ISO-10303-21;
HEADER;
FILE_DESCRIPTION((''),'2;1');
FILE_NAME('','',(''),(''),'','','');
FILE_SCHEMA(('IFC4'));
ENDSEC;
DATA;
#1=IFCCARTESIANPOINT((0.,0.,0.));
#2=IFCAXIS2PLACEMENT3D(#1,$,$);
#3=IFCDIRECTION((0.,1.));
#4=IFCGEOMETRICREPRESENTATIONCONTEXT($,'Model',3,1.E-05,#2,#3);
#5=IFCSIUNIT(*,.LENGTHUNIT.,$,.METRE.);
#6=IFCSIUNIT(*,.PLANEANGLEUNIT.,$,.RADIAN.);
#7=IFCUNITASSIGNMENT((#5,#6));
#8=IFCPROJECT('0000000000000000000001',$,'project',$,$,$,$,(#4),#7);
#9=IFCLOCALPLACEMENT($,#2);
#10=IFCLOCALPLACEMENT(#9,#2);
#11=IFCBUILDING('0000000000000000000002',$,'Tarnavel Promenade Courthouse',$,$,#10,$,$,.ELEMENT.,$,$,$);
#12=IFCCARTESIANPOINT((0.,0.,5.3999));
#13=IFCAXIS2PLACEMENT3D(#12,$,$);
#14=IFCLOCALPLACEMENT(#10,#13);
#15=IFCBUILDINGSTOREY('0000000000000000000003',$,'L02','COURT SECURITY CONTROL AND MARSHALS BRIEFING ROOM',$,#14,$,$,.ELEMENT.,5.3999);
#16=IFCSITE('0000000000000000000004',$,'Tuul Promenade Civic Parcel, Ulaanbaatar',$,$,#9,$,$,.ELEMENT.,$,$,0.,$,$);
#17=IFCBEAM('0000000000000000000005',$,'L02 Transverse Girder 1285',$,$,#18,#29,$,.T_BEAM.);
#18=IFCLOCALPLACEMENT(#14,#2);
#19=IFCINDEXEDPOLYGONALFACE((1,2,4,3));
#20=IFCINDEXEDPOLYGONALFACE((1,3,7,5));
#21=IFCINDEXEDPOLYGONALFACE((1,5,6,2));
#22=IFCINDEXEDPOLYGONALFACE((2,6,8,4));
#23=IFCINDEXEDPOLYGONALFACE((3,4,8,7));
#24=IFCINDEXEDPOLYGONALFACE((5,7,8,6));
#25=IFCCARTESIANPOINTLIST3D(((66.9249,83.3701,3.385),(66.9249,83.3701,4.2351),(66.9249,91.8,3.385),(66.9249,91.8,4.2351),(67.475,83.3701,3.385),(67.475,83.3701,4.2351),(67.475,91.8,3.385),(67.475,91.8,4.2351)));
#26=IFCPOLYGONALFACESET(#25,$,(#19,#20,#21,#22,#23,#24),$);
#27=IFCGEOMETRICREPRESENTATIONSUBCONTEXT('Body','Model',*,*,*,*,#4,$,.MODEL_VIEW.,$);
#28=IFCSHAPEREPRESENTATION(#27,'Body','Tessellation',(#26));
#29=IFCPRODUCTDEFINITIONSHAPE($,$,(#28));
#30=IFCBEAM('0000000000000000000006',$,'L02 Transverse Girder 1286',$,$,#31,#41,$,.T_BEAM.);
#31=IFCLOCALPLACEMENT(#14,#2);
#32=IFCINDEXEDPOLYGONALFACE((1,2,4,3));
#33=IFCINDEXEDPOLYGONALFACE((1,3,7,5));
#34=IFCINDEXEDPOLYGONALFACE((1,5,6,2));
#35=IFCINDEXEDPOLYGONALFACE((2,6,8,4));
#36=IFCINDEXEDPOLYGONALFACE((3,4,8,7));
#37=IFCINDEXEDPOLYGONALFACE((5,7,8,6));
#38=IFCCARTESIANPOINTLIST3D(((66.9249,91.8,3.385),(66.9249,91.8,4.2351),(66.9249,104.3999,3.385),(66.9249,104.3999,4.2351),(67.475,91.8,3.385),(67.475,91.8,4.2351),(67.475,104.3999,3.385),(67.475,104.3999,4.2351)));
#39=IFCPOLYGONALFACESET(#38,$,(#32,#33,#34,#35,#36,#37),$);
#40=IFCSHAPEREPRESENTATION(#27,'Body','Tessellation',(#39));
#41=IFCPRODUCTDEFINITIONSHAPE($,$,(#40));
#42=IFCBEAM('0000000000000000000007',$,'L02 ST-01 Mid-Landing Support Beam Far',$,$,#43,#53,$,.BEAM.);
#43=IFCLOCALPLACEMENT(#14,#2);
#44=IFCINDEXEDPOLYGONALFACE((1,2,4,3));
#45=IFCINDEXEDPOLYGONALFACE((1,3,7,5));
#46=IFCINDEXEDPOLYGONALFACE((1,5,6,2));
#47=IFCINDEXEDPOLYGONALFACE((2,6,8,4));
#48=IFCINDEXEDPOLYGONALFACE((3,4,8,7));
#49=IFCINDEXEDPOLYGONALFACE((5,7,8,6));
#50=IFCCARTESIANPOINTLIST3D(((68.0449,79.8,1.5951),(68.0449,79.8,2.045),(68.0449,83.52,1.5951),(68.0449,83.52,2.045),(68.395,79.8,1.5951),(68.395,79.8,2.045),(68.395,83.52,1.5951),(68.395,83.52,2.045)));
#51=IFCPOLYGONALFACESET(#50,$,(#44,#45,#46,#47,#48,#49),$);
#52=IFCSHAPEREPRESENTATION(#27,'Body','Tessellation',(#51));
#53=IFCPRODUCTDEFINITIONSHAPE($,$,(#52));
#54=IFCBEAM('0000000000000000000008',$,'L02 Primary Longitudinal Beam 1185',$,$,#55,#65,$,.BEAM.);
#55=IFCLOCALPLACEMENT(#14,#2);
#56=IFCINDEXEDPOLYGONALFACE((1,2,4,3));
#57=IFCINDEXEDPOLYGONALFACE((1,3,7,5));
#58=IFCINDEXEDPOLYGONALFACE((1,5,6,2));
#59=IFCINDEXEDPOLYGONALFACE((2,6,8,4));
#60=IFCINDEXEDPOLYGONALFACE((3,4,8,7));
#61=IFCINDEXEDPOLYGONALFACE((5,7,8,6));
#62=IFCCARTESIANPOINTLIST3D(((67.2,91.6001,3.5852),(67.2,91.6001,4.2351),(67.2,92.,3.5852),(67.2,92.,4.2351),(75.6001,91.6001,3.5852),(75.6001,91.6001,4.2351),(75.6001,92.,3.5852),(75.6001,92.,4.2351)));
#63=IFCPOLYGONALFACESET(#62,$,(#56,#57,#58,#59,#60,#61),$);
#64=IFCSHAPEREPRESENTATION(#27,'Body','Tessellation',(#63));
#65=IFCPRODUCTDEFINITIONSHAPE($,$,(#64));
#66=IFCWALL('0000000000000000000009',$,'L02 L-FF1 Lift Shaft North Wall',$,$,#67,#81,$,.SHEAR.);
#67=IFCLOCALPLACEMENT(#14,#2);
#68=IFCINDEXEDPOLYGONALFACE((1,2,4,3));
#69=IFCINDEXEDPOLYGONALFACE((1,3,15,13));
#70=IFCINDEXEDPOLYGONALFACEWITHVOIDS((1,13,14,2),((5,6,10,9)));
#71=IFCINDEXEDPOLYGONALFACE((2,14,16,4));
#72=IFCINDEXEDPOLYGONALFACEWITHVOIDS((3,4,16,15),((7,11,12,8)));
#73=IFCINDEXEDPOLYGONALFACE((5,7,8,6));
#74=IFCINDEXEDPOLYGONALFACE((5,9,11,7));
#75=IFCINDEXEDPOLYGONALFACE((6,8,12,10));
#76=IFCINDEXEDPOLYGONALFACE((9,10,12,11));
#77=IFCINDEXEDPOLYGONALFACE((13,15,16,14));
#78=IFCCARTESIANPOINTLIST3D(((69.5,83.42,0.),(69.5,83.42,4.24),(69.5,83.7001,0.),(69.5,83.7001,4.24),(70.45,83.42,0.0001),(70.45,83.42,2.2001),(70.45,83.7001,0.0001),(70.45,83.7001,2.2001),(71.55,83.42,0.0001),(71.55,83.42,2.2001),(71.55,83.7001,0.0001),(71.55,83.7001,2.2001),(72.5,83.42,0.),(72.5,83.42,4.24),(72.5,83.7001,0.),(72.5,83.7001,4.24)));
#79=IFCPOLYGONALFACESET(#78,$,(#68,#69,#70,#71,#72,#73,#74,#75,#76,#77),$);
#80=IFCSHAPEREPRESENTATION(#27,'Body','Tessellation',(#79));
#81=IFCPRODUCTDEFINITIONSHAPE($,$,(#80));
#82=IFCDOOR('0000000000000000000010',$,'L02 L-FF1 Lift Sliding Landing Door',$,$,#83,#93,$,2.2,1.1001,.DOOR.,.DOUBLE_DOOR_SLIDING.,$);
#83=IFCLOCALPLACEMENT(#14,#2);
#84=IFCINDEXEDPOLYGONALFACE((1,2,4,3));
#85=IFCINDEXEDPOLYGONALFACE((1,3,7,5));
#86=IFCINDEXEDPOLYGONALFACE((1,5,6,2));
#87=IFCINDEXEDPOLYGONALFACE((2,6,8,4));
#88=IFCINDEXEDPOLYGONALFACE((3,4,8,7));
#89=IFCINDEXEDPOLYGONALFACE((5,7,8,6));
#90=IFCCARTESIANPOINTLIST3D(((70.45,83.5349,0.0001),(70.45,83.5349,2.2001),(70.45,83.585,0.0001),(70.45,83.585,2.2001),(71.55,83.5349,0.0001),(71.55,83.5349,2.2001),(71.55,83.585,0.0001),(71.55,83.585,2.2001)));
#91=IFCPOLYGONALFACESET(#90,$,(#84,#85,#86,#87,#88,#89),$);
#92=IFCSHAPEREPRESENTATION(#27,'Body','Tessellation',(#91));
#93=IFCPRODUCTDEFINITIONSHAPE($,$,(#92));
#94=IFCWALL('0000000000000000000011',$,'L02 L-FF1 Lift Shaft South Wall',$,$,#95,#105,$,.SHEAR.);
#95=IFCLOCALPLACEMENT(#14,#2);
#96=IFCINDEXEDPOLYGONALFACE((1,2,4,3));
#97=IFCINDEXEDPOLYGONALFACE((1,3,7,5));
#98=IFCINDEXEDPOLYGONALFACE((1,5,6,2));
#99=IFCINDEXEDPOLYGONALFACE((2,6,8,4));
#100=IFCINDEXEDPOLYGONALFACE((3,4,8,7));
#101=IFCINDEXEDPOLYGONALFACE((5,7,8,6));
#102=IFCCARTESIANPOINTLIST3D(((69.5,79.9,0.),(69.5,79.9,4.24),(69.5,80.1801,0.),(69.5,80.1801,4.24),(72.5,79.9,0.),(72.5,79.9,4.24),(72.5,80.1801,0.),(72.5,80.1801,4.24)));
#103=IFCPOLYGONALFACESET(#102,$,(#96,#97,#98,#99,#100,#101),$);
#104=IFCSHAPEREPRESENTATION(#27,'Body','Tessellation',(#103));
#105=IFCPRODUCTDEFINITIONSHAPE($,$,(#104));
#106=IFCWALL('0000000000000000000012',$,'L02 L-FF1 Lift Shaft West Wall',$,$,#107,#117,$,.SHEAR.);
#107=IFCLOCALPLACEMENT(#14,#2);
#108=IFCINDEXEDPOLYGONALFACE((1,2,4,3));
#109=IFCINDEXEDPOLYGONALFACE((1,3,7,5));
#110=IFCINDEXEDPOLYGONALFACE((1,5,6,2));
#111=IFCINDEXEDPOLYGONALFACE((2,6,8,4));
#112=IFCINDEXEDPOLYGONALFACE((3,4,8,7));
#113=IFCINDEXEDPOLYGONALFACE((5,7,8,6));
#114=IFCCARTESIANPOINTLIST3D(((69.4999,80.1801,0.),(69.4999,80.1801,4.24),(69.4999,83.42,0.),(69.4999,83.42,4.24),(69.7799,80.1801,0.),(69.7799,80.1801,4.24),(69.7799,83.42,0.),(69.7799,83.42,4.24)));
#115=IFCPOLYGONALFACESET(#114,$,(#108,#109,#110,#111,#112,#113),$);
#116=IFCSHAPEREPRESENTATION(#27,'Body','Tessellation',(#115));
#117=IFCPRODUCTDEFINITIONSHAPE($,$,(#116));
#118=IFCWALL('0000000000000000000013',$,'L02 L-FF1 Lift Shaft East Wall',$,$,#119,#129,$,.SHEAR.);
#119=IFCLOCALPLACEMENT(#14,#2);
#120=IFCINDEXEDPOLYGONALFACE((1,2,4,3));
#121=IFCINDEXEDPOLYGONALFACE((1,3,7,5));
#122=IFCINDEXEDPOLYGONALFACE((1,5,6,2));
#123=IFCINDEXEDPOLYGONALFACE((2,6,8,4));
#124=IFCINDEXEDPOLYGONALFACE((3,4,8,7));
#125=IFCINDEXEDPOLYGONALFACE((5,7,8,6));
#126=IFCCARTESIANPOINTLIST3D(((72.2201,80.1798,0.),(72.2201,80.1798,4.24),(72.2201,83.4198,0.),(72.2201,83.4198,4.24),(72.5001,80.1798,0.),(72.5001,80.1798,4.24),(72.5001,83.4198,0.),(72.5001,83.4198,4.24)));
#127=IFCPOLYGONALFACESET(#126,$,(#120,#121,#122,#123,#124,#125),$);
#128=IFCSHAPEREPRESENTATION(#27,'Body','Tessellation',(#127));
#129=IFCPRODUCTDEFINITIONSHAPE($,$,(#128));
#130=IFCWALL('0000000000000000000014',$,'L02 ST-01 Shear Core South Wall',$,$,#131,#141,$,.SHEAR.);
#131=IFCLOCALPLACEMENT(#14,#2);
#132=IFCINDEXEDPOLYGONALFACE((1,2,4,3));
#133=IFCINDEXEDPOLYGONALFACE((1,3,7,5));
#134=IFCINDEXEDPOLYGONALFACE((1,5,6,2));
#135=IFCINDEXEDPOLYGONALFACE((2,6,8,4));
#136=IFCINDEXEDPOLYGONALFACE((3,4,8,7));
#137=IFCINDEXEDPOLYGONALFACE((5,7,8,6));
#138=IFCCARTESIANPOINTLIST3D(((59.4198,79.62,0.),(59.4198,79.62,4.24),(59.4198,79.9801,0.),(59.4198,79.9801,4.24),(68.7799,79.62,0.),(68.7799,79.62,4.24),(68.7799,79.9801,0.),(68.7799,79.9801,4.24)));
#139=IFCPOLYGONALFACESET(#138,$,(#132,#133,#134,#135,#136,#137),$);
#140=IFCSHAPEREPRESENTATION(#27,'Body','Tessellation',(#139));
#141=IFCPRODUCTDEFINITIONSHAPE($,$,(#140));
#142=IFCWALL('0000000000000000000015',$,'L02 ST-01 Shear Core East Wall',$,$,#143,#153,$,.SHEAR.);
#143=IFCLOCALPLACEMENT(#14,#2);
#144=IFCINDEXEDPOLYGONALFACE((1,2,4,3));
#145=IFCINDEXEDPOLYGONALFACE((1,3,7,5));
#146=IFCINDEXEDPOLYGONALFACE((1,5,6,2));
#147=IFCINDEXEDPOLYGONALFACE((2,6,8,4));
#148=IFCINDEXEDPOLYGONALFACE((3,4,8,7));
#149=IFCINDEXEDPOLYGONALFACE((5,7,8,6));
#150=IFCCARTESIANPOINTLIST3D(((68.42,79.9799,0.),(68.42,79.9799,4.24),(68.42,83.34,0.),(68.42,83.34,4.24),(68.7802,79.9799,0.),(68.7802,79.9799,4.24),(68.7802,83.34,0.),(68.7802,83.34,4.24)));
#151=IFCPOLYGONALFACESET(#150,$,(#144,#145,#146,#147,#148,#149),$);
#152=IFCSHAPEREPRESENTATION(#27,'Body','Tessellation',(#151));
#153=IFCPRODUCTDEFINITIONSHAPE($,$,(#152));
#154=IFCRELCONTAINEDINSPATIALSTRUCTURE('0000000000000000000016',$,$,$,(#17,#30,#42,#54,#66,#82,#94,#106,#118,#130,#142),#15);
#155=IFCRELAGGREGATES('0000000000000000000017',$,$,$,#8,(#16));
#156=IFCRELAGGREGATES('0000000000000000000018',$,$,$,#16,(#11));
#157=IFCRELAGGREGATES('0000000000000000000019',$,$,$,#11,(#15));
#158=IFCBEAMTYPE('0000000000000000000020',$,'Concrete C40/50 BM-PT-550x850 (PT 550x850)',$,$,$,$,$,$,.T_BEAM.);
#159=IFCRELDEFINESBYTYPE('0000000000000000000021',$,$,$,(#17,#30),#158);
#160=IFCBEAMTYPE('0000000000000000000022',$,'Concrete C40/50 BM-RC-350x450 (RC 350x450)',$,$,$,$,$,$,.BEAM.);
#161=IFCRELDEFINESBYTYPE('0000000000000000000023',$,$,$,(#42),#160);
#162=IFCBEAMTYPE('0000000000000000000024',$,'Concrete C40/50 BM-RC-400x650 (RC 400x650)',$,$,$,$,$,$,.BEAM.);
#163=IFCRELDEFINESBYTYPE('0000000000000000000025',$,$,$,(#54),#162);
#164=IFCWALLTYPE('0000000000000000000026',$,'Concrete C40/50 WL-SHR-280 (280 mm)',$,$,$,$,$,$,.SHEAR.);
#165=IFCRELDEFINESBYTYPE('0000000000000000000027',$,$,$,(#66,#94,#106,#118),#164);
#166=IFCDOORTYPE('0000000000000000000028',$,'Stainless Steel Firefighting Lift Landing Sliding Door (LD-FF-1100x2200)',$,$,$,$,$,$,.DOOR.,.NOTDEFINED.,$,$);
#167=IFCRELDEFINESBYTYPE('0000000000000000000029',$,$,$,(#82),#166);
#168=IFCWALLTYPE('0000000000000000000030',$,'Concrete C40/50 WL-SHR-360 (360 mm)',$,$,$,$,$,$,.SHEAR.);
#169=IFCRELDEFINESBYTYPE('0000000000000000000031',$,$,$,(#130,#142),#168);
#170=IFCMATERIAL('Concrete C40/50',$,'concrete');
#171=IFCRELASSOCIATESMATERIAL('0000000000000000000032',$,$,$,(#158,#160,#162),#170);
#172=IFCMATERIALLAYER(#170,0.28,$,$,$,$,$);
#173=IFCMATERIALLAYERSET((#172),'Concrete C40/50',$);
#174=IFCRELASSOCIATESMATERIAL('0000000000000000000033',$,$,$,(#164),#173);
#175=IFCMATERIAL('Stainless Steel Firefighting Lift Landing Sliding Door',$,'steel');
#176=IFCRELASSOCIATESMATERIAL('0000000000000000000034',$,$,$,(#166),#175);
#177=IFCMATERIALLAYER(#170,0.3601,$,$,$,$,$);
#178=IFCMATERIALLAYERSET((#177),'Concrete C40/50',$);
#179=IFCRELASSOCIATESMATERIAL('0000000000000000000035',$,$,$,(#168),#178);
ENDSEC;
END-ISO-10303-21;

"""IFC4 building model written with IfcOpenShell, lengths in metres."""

from ifc_helpers import new_model, si_unit, direction, frame, frame_2d, origin, origin_2d, place, context, subcontext, project, spatial, rectangle, extrude, material, layer, layer_set, material_profile, profile_set, type_object, element, fill, save


model = new_model("IFC4")

# Units and contexts
model_context = context("Model", 3, precision=1e-05, world=origin(), true_north=direction((0.0, 1.0)))
body_context = subcontext(model_context, "Body", "Model", "MODEL_VIEW")
ifc_project = project(units=[si_unit("LENGTHUNIT", "METRE"), si_unit("PLANEANGLEUNIT", "RADIAN")], contexts=[model_context])

# Site, building, storey
site_placement = place(None, origin())
site = spatial("IfcSite", under=ifc_project, at=site_placement, Name="Tuul Promenade Civic Parcel, Ulaanbaatar", CompositionType="ELEMENT", RefElevation=0.0)
building_placement = place(site_placement, origin())
building = spatial("IfcBuilding", under=site, at=building_placement, Name="Tarnavel Promenade Courthouse", CompositionType="ELEMENT")
storey_placement = place(building_placement, frame((0.0, 0.0, 5.3999)))
storey = spatial("IfcBuildingStorey", under=building, at=storey_placement, Name="L02", Description="COURT SECURITY CONTROL AND MARSHALS BRIEFING ROOM", CompositionType="ELEMENT", Elevation=5.3999)

# Beams
ifc_material_1 = material(Name="Concrete C40/50", Category="concrete")
ifc_material_profile_1 = material_profile(ifc_material_1, rectangle(XDim=0.55, YDim=0.8501, at=origin_2d()), Name="PT 550x850")
ifc_profile_set_1 = profile_set([ifc_material_profile_1], Name="Concrete C40/50")
beam_type_1 = type_object("IfcBeamType", Name="Concrete C40/50 BM-PT-550x850 (PT 550x850)", PredefinedType="T_BEAM", material=ifc_profile_set_1)
beam_1_placement = place(storey_placement, frame((67.2, 83.3701, 3.8101), z_axis=(0.0, 1.0, 0.0), x_axis=(-1.0, 0.0, 0.0)))
element("IfcBeam", 1, at=beam_1_placement, inside=storey, type_object=beam_type_1, Name="L02 Transverse Girder 1285", PredefinedType="T_BEAM", context=body_context, shape_type="SweptSolid", body=[
    extrude(rectangle(XDim=0.55, YDim=0.8501, at=origin_2d()), origin(), (0.0, 0.0, 1.0), 8.4299),
])
beam_2_placement = place(storey_placement, frame((67.2, 91.8, 3.8101), z_axis=(0.0, 1.0, 0.0), x_axis=(-1.0, 0.0, 0.0)))
element("IfcBeam", 2, at=beam_2_placement, inside=storey, type_object=beam_type_1, Name="L02 Transverse Girder 1286", PredefinedType="T_BEAM", context=body_context, shape_type="SweptSolid", body=[
    extrude(rectangle(XDim=0.55, YDim=0.8501, at=origin_2d()), origin(), (0.0, 0.0, 1.0), 12.5999),
])
ifc_material_profile_2 = material_profile(ifc_material_1, rectangle(XDim=0.3501, YDim=0.45, at=origin_2d()), Name="RC 350x450")
ifc_profile_set_2 = profile_set([ifc_material_profile_2], Name="Concrete C40/50")
beam_type_2 = type_object("IfcBeamType", Name="Concrete C40/50 BM-RC-350x450 (RC 350x450)", PredefinedType="BEAM", material=ifc_profile_set_2)
beam_3_placement = place(storey_placement, frame((68.22, 79.8, 1.8201), z_axis=(0.0, 1.0, 0.0), x_axis=(-1.0, 0.0, 0.0)))
element("IfcBeam", 3, at=beam_3_placement, inside=storey, type_object=beam_type_2, Name="L02 ST-01 Mid-Landing Support Beam Far", PredefinedType="BEAM", context=body_context, shape_type="SweptSolid", body=[
    extrude(rectangle(XDim=0.3501, YDim=0.45, at=origin_2d()), origin(), (0.0, 0.0, 1.0), 3.72),
])
ifc_material_profile_3 = material_profile(ifc_material_1, rectangle(XDim=0.3999, YDim=0.6499, at=origin_2d()), Name="RC 400x650")
ifc_profile_set_3 = profile_set([ifc_material_profile_3], Name="Concrete C40/50")
beam_type_3 = type_object("IfcBeamType", Name="Concrete C40/50 BM-RC-400x650 (RC 400x650)", PredefinedType="BEAM", material=ifc_profile_set_3)
beam_4_placement = place(storey_placement, frame((67.2, 91.8, 3.9102), z_axis=(1.0, 0.0, 0.0), x_axis=(0.0, 1.0, 0.0)))
element("IfcBeam", 4, at=beam_4_placement, inside=storey, type_object=beam_type_3, Name="L02 Primary Longitudinal Beam 1185", PredefinedType="BEAM", context=body_context, shape_type="SweptSolid", body=[
    extrude(rectangle(XDim=0.3999, YDim=0.6499, at=origin_2d()), origin(), (0.0, 0.0, 1.0), 8.4001),
])

# Wall, opening, door
ifc_layer_1 = layer(ifc_material_1, 0.28)
ifc_layer_set_1 = layer_set([ifc_layer_1], Name="Concrete C40/50")
wall_type_1 = type_object("IfcWallType", Name="Concrete C40/50 WL-SHR-280 (280 mm)", PredefinedType="SHEAR", material=ifc_layer_set_1)
wall_1_placement = place(storey_placement, frame((69.5, 83.5601, 0.0), z_axis=(0.0, 0.0, 1.0), x_axis=(1.0, 0.0, 0.0)))
wall_1 = element("IfcWall", 5, at=wall_1_placement, inside=storey, type_object=wall_type_1, Name="L02 L-FF1 Lift Shaft North Wall", PredefinedType="SHEAR", context=body_context, shape_type="SweptSolid", body=[
    extrude(rectangle(XDim=3.0, YDim=0.28, at=frame_2d((1.5, 0.0))), origin(), (0.0, 0.0, 1.0), 4.24),
])
opening_1_placement = place(wall_1_placement, frame((0.95, 0.0, 0.0)))
opening_1 = element("IfcOpeningElement", 6, at=opening_1_placement, cuts=wall_1, PredefinedType="OPENING", context=body_context, shape_type="SweptSolid", body=[
    extrude(rectangle(XDim=1.1001, YDim=2.2, at=frame_2d((0.55, 1.1001))), frame((0.0, 0.1499, 0.0), z_axis=(0.0, -1.0, 0.0), x_axis=(1.0, 0.0, 0.0)), (0.0, 0.0, 1.0), 0.3),
])
ifc_material_2 = material(Name="Stainless Steel Firefighting Lift Landing Sliding Door", Category="steel")
door_type_1 = type_object("IfcDoorType", Name="Stainless Steel Firefighting Lift Landing Sliding Door (LD-FF-1100x2200)", OperationType="NOTDEFINED", PredefinedType="DOOR", material=ifc_material_2)
door_1_placement = place(opening_1_placement, origin())
door_1 = element("IfcDoor", 7, at=door_1_placement, inside=storey, type_object=door_type_1, Name="L02 L-FF1 Lift Sliding Landing Door", OperationType="DOUBLE_DOOR_SLIDING", OverallHeight=2.2, OverallWidth=1.1001, PredefinedType="DOOR", context=body_context, shape_type="SweptSolid", body=[
    extrude(rectangle(XDim=1.1001, YDim=2.2, at=frame_2d((0.55, 1.1001))), frame((0.0, 0.0249, 0.0), z_axis=(0.0, -1.0, 0.0), x_axis=(1.0, 0.0, 0.0)), (0.0, 0.0, 1.0), 0.05),
])
fill(opening_1, door_1)

# Walls
wall_2_placement = place(storey_placement, frame((72.5, 80.04, 0.0), z_axis=(0.0, 0.0, 1.0), x_axis=(-1.0, 0.0, 0.0)))
element("IfcWall", 8, at=wall_2_placement, inside=storey, type_object=wall_type_1, Name="L02 L-FF1 Lift Shaft South Wall", PredefinedType="SHEAR", context=body_context, shape_type="SweptSolid", body=[
    extrude(rectangle(XDim=3.0, YDim=0.28, at=frame_2d((1.5, 0.0))), origin(), (0.0, 0.0, 1.0), 4.24),
])
for number, where, z_axis, x_axis, name in (
    (9, (69.6399, 80.1799, 0.0), (0.0, 0.0, 1.0), (0.0, 1.0, 0.0), "L02 L-FF1 Lift Shaft West Wall"),
    (10, (72.3601, 83.4199, 0.0), (0.0, 0.0, 1.0), (0.0, -1.0, 0.0), "L02 L-FF1 Lift Shaft East Wall"),
):
    element("IfcWall", number, at=place(storey_placement, frame(where, z_axis=z_axis, x_axis=x_axis)), inside=storey, type_object=wall_type_1, Name=name, PredefinedType="SHEAR", context=body_context, shape_type="SweptSolid", body=[
        extrude(rectangle(XDim=3.24, YDim=0.28, at=frame_2d((1.6201, 0.0))), origin(), (0.0, 0.0, 1.0), 4.24),
    ])
ifc_layer_2 = layer(ifc_material_1, 0.3601)
ifc_layer_set_2 = layer_set([ifc_layer_2], Name="Concrete C40/50")
wall_type_2 = type_object("IfcWallType", Name="Concrete C40/50 WL-SHR-360 (360 mm)", PredefinedType="SHEAR", material=ifc_layer_set_2)
wall_3_placement = place(storey_placement, frame((68.78, 79.8, 0.0), z_axis=(0.0, 0.0, 1.0), x_axis=(-1.0, 0.0, 0.0)))
element("IfcWall", 11, at=wall_3_placement, inside=storey, type_object=wall_type_2, Name="L02 ST-01 Shear Core South Wall", PredefinedType="SHEAR", context=body_context, shape_type="SweptSolid", body=[
    extrude(rectangle(XDim=9.3601, YDim=0.3601, at=frame_2d((4.6802, 0.0))), origin(), (0.0, 0.0, 1.0), 4.24),
])
wall_4_placement = place(storey_placement, frame((68.6001, 83.3401, 0.0), z_axis=(0.0, 0.0, 1.0), x_axis=(0.0, -1.0, 0.0)))
element("IfcWall", 12, at=wall_4_placement, inside=storey, type_object=wall_type_2, Name="L02 ST-01 Shear Core East Wall", PredefinedType="SHEAR", context=body_context, shape_type="SweptSolid", body=[
    extrude(rectangle(XDim=3.3601, YDim=0.3601, at=frame_2d((1.6802, 0.0))), origin(), (0.0, 0.0, 1.0), 4.24),
])

save(model, "model.ifc")
